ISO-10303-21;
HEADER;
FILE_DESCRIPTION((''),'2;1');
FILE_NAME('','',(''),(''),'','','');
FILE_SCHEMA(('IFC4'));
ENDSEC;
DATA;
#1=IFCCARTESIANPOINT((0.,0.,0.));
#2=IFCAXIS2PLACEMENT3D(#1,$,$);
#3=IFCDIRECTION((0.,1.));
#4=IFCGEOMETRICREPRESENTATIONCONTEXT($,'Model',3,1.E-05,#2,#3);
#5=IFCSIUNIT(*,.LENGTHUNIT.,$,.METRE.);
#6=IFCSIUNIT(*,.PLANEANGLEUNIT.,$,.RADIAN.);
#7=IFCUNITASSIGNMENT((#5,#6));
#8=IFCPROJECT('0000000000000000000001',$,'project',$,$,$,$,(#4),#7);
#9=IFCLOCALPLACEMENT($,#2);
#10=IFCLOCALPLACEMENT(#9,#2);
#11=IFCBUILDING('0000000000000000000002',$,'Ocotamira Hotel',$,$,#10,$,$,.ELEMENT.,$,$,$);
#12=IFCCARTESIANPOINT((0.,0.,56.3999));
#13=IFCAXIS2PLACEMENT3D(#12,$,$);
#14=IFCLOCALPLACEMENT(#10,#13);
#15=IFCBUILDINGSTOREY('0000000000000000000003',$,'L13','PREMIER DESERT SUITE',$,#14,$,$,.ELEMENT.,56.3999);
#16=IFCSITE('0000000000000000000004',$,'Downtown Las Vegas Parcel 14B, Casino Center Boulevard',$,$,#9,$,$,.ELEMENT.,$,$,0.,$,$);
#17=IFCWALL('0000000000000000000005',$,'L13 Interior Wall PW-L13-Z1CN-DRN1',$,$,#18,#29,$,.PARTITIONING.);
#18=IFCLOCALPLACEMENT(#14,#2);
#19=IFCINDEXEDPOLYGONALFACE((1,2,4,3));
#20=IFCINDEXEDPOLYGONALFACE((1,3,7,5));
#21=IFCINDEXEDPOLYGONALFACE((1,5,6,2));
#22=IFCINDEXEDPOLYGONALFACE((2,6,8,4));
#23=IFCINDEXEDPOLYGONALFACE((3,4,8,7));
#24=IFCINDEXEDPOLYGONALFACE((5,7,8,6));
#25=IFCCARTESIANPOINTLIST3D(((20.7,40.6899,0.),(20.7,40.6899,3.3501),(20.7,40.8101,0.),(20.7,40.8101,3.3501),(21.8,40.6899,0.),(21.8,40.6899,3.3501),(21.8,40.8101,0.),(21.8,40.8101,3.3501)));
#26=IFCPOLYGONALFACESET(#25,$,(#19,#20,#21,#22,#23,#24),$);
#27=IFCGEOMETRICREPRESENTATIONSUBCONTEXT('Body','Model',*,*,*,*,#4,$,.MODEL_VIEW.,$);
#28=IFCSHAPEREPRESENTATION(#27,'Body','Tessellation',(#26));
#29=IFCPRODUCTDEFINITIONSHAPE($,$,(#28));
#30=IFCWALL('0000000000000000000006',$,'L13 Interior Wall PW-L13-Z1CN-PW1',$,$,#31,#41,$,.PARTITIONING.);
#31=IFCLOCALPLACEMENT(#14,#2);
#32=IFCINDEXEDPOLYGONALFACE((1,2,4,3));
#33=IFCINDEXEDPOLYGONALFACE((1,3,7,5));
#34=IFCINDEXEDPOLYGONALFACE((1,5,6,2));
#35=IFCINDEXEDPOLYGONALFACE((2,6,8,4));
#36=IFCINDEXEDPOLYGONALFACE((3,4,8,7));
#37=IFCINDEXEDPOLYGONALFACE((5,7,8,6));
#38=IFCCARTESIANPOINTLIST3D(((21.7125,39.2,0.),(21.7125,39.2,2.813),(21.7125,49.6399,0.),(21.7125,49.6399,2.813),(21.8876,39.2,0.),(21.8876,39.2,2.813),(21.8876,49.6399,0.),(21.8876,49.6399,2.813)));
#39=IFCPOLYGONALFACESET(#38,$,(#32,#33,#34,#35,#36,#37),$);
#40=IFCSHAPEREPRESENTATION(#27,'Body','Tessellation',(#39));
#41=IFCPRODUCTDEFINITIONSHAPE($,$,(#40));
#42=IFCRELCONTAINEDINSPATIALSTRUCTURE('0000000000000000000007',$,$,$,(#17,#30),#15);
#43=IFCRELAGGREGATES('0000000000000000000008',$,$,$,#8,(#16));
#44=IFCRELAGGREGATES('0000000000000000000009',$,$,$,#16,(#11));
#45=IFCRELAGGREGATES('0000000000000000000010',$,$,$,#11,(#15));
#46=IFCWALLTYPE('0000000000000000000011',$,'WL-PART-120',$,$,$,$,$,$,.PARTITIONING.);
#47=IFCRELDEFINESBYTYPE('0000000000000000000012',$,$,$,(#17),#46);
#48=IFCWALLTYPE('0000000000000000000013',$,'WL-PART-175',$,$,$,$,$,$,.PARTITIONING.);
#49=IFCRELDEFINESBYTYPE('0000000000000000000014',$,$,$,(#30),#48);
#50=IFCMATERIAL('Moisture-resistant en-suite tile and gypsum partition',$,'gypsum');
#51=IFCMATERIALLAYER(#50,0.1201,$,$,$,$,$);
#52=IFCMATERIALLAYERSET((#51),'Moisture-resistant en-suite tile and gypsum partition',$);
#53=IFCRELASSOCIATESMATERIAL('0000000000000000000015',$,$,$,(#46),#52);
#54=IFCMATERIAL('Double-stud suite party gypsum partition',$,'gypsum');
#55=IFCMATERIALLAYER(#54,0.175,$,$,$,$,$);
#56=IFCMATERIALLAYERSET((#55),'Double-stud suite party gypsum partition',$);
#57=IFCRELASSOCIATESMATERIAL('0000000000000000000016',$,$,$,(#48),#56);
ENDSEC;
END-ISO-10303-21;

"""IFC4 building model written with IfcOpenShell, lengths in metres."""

from ifc_helpers import new_model, si_unit, direction, frame, frame_2d, origin, place, context, subcontext, project, spatial, rectangle, extrude, material, layer, layer_set, type_object, element, save


model = new_model("IFC4")

# Units and contexts
model_context = context("Model", 3, precision=1e-05, world=origin(), true_north=direction((0.0, 1.0)))
body_context = subcontext(model_context, "Body", "Model", "MODEL_VIEW")
ifc_project = project(units=[si_unit("LENGTHUNIT", "METRE"), si_unit("PLANEANGLEUNIT", "RADIAN")], contexts=[model_context])

# Site, building, storey
site_placement = place(None, origin())
site = spatial("IfcSite", under=ifc_project, at=site_placement, Name="Downtown Las Vegas Parcel 14B, Casino Center Boulevard", CompositionType="ELEMENT", RefElevation=0.0)
building_placement = place(site_placement, origin())
building = spatial("IfcBuilding", under=site, at=building_placement, Name="Ocotamira Hotel", CompositionType="ELEMENT")
storey_placement = place(building_placement, frame((0.0, 0.0, 56.3999)))
storey = spatial("IfcBuildingStorey", under=building, at=storey_placement, Name="L13", Description="PREMIER DESERT SUITE", CompositionType="ELEMENT", Elevation=56.3999)

# Shared definitions
ifc_material_1 = material(Name="Moisture-resistant en-suite tile and gypsum partition", Category="gypsum")
ifc_layer_1 = layer(ifc_material_1, 0.1201)
ifc_layer_set_1 = layer_set([ifc_layer_1], Name="Moisture-resistant en-suite tile and gypsum partition")
wall_type_1 = type_object("IfcWallType", Name="WL-PART-120", PredefinedType="PARTITIONING", material=ifc_layer_set_1)

# Walls
wall_1_placement = place(storey_placement, frame((20.7, 40.75, 0.0), z_axis=(0.0, 0.0, 1.0), x_axis=(1.0, 0.0, 0.0)))
element("IfcWall", 1, at=wall_1_placement, inside=storey, type_object=wall_type_1, Name="L13 Interior Wall PW-L13-Z1CN-DRN1", PredefinedType="PARTITIONING", context=body_context, shape_type="SweptSolid", body=[
    extrude(rectangle(XDim=1.1001, YDim=0.1201, at=frame_2d((0.55, 0.0))), origin(), (0.0, 0.0, 1.0), 3.3501),
])
ifc_material_2 = material(Name="Double-stud suite party gypsum partition", Category="gypsum")
ifc_layer_2 = layer(ifc_material_2, 0.175)
ifc_layer_set_2 = layer_set([ifc_layer_2], Name="Double-stud suite party gypsum partition")
wall_type_2 = type_object("IfcWallType", Name="WL-PART-175", PredefinedType="PARTITIONING", material=ifc_layer_set_2)
wall_2_placement = place(storey_placement, frame((21.8, 39.2, 0.0), z_axis=(0.0, 0.0, 1.0), x_axis=(0.0, 1.0, 0.0)))
element("IfcWall", 2, at=wall_2_placement, inside=storey, type_object=wall_type_2, Name="L13 Interior Wall PW-L13-Z1CN-PW1", PredefinedType="PARTITIONING", context=body_context, shape_type="SweptSolid", body=[
    extrude(rectangle(XDim=10.4399, YDim=0.175, at=frame_2d((5.22, 0.0))), origin(), (0.0, 0.0, 1.0), 2.813),
])

save(model, "model.ifc")
